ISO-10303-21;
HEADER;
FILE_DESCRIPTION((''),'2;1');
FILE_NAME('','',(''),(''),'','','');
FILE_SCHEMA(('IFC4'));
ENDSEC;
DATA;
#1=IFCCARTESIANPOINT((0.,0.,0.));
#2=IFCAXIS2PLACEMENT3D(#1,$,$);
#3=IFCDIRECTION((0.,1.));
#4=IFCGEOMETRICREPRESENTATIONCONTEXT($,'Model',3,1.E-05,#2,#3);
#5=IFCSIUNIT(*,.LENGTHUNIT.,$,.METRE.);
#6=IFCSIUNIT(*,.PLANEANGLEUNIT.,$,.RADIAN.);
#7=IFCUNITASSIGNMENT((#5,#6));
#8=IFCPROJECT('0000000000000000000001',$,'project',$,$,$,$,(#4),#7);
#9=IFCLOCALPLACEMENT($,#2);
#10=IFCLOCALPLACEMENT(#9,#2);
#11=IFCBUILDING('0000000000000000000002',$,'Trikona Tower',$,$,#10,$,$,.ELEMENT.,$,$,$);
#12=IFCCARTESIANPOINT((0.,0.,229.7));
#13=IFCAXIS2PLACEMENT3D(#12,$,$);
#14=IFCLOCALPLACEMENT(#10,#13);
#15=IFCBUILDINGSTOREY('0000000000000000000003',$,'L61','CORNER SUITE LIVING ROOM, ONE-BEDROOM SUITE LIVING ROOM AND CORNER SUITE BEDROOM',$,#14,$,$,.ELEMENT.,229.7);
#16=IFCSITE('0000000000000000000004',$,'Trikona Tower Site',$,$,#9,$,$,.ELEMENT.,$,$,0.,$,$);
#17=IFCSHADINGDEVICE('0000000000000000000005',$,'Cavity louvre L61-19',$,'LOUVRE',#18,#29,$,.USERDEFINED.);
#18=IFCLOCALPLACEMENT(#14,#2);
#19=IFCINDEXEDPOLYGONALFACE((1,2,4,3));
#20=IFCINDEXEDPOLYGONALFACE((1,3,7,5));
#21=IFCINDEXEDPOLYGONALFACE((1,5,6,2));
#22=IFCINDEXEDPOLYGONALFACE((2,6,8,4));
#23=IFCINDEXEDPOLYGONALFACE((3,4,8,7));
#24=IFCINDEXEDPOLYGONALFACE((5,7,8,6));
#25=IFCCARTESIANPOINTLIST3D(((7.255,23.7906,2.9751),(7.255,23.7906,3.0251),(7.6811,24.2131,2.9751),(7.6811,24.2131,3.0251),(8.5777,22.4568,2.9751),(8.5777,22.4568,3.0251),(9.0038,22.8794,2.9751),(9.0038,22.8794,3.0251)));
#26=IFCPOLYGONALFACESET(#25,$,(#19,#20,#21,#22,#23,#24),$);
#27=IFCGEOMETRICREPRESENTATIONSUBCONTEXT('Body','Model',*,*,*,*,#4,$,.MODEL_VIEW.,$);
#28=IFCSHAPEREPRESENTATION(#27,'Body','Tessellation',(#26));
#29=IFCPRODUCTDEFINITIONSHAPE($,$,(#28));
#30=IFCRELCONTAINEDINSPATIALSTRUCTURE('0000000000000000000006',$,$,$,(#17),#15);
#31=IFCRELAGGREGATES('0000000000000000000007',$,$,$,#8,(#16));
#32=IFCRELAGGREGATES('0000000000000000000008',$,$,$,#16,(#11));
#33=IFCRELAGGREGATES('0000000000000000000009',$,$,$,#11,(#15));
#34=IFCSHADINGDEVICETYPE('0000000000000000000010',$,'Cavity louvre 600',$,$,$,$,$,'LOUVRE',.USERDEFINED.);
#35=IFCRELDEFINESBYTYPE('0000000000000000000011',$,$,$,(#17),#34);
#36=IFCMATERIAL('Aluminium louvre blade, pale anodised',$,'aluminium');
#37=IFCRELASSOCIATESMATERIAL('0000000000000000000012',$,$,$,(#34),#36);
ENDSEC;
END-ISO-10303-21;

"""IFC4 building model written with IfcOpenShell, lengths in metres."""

from ifc_helpers import new_model, si_unit, direction, frame, origin, origin_2d, place, context, subcontext, project, spatial, rectangle, extrude, material, type_object, element, save


model = new_model("IFC4")

# Units and contexts
model_context = context("Model", 3, precision=1e-05, world=origin(), true_north=direction((0.0, 1.0)))
body_context = subcontext(model_context, "Body", "Model", "MODEL_VIEW")
ifc_project = project(units=[si_unit("LENGTHUNIT", "METRE"), si_unit("PLANEANGLEUNIT", "RADIAN")], contexts=[model_context])

# Site, building, storey
site_placement = place(None, origin())
site = spatial("IfcSite", under=ifc_project, at=site_placement, Name="Trikona Tower Site", CompositionType="ELEMENT", RefElevation=0.0)
building_placement = place(site_placement, origin())
building = spatial("IfcBuilding", under=site, at=building_placement, Name="Trikona Tower", CompositionType="ELEMENT")
storey_placement = place(building_placement, frame((0.0, 0.0, 229.7)))
storey = spatial("IfcBuildingStorey", under=building, at=storey_placement, Name="L61", Description="CORNER SUITE LIVING ROOM, ONE-BEDROOM SUITE LIVING ROOM AND CORNER SUITE BEDROOM", CompositionType="ELEMENT", Elevation=229.7)

# Shading device
ifc_material_1 = material(Name="Aluminium louvre blade, pale anodised", Category="aluminium")
shading_device_type = type_object("IfcShadingDeviceType", Name="Cavity louvre 600", ElementType="LOUVRE", PredefinedType="USERDEFINED", material=ifc_material_1)
shading_device_placement = place(storey_placement, frame((8.1294, 23.335, 2.9751), z_axis=(0.0, 0.0, 1.0), x_axis=(-0.704151, 0.71005, 0.0)))
element("IfcShadingDevice", 1, at=shading_device_placement, inside=storey, type_object=shading_device_type, Name="Cavity louvre L61-19", ObjectType="LOUVRE", PredefinedType="USERDEFINED", context=body_context, shape_type="SweptSolid", body=[
    extrude(rectangle(XDim=1.8784, YDim=0.6001, at=origin_2d()), origin(), (0.0, 0.0, 1.0), 0.05),
])

save(model, "model.ifc")
